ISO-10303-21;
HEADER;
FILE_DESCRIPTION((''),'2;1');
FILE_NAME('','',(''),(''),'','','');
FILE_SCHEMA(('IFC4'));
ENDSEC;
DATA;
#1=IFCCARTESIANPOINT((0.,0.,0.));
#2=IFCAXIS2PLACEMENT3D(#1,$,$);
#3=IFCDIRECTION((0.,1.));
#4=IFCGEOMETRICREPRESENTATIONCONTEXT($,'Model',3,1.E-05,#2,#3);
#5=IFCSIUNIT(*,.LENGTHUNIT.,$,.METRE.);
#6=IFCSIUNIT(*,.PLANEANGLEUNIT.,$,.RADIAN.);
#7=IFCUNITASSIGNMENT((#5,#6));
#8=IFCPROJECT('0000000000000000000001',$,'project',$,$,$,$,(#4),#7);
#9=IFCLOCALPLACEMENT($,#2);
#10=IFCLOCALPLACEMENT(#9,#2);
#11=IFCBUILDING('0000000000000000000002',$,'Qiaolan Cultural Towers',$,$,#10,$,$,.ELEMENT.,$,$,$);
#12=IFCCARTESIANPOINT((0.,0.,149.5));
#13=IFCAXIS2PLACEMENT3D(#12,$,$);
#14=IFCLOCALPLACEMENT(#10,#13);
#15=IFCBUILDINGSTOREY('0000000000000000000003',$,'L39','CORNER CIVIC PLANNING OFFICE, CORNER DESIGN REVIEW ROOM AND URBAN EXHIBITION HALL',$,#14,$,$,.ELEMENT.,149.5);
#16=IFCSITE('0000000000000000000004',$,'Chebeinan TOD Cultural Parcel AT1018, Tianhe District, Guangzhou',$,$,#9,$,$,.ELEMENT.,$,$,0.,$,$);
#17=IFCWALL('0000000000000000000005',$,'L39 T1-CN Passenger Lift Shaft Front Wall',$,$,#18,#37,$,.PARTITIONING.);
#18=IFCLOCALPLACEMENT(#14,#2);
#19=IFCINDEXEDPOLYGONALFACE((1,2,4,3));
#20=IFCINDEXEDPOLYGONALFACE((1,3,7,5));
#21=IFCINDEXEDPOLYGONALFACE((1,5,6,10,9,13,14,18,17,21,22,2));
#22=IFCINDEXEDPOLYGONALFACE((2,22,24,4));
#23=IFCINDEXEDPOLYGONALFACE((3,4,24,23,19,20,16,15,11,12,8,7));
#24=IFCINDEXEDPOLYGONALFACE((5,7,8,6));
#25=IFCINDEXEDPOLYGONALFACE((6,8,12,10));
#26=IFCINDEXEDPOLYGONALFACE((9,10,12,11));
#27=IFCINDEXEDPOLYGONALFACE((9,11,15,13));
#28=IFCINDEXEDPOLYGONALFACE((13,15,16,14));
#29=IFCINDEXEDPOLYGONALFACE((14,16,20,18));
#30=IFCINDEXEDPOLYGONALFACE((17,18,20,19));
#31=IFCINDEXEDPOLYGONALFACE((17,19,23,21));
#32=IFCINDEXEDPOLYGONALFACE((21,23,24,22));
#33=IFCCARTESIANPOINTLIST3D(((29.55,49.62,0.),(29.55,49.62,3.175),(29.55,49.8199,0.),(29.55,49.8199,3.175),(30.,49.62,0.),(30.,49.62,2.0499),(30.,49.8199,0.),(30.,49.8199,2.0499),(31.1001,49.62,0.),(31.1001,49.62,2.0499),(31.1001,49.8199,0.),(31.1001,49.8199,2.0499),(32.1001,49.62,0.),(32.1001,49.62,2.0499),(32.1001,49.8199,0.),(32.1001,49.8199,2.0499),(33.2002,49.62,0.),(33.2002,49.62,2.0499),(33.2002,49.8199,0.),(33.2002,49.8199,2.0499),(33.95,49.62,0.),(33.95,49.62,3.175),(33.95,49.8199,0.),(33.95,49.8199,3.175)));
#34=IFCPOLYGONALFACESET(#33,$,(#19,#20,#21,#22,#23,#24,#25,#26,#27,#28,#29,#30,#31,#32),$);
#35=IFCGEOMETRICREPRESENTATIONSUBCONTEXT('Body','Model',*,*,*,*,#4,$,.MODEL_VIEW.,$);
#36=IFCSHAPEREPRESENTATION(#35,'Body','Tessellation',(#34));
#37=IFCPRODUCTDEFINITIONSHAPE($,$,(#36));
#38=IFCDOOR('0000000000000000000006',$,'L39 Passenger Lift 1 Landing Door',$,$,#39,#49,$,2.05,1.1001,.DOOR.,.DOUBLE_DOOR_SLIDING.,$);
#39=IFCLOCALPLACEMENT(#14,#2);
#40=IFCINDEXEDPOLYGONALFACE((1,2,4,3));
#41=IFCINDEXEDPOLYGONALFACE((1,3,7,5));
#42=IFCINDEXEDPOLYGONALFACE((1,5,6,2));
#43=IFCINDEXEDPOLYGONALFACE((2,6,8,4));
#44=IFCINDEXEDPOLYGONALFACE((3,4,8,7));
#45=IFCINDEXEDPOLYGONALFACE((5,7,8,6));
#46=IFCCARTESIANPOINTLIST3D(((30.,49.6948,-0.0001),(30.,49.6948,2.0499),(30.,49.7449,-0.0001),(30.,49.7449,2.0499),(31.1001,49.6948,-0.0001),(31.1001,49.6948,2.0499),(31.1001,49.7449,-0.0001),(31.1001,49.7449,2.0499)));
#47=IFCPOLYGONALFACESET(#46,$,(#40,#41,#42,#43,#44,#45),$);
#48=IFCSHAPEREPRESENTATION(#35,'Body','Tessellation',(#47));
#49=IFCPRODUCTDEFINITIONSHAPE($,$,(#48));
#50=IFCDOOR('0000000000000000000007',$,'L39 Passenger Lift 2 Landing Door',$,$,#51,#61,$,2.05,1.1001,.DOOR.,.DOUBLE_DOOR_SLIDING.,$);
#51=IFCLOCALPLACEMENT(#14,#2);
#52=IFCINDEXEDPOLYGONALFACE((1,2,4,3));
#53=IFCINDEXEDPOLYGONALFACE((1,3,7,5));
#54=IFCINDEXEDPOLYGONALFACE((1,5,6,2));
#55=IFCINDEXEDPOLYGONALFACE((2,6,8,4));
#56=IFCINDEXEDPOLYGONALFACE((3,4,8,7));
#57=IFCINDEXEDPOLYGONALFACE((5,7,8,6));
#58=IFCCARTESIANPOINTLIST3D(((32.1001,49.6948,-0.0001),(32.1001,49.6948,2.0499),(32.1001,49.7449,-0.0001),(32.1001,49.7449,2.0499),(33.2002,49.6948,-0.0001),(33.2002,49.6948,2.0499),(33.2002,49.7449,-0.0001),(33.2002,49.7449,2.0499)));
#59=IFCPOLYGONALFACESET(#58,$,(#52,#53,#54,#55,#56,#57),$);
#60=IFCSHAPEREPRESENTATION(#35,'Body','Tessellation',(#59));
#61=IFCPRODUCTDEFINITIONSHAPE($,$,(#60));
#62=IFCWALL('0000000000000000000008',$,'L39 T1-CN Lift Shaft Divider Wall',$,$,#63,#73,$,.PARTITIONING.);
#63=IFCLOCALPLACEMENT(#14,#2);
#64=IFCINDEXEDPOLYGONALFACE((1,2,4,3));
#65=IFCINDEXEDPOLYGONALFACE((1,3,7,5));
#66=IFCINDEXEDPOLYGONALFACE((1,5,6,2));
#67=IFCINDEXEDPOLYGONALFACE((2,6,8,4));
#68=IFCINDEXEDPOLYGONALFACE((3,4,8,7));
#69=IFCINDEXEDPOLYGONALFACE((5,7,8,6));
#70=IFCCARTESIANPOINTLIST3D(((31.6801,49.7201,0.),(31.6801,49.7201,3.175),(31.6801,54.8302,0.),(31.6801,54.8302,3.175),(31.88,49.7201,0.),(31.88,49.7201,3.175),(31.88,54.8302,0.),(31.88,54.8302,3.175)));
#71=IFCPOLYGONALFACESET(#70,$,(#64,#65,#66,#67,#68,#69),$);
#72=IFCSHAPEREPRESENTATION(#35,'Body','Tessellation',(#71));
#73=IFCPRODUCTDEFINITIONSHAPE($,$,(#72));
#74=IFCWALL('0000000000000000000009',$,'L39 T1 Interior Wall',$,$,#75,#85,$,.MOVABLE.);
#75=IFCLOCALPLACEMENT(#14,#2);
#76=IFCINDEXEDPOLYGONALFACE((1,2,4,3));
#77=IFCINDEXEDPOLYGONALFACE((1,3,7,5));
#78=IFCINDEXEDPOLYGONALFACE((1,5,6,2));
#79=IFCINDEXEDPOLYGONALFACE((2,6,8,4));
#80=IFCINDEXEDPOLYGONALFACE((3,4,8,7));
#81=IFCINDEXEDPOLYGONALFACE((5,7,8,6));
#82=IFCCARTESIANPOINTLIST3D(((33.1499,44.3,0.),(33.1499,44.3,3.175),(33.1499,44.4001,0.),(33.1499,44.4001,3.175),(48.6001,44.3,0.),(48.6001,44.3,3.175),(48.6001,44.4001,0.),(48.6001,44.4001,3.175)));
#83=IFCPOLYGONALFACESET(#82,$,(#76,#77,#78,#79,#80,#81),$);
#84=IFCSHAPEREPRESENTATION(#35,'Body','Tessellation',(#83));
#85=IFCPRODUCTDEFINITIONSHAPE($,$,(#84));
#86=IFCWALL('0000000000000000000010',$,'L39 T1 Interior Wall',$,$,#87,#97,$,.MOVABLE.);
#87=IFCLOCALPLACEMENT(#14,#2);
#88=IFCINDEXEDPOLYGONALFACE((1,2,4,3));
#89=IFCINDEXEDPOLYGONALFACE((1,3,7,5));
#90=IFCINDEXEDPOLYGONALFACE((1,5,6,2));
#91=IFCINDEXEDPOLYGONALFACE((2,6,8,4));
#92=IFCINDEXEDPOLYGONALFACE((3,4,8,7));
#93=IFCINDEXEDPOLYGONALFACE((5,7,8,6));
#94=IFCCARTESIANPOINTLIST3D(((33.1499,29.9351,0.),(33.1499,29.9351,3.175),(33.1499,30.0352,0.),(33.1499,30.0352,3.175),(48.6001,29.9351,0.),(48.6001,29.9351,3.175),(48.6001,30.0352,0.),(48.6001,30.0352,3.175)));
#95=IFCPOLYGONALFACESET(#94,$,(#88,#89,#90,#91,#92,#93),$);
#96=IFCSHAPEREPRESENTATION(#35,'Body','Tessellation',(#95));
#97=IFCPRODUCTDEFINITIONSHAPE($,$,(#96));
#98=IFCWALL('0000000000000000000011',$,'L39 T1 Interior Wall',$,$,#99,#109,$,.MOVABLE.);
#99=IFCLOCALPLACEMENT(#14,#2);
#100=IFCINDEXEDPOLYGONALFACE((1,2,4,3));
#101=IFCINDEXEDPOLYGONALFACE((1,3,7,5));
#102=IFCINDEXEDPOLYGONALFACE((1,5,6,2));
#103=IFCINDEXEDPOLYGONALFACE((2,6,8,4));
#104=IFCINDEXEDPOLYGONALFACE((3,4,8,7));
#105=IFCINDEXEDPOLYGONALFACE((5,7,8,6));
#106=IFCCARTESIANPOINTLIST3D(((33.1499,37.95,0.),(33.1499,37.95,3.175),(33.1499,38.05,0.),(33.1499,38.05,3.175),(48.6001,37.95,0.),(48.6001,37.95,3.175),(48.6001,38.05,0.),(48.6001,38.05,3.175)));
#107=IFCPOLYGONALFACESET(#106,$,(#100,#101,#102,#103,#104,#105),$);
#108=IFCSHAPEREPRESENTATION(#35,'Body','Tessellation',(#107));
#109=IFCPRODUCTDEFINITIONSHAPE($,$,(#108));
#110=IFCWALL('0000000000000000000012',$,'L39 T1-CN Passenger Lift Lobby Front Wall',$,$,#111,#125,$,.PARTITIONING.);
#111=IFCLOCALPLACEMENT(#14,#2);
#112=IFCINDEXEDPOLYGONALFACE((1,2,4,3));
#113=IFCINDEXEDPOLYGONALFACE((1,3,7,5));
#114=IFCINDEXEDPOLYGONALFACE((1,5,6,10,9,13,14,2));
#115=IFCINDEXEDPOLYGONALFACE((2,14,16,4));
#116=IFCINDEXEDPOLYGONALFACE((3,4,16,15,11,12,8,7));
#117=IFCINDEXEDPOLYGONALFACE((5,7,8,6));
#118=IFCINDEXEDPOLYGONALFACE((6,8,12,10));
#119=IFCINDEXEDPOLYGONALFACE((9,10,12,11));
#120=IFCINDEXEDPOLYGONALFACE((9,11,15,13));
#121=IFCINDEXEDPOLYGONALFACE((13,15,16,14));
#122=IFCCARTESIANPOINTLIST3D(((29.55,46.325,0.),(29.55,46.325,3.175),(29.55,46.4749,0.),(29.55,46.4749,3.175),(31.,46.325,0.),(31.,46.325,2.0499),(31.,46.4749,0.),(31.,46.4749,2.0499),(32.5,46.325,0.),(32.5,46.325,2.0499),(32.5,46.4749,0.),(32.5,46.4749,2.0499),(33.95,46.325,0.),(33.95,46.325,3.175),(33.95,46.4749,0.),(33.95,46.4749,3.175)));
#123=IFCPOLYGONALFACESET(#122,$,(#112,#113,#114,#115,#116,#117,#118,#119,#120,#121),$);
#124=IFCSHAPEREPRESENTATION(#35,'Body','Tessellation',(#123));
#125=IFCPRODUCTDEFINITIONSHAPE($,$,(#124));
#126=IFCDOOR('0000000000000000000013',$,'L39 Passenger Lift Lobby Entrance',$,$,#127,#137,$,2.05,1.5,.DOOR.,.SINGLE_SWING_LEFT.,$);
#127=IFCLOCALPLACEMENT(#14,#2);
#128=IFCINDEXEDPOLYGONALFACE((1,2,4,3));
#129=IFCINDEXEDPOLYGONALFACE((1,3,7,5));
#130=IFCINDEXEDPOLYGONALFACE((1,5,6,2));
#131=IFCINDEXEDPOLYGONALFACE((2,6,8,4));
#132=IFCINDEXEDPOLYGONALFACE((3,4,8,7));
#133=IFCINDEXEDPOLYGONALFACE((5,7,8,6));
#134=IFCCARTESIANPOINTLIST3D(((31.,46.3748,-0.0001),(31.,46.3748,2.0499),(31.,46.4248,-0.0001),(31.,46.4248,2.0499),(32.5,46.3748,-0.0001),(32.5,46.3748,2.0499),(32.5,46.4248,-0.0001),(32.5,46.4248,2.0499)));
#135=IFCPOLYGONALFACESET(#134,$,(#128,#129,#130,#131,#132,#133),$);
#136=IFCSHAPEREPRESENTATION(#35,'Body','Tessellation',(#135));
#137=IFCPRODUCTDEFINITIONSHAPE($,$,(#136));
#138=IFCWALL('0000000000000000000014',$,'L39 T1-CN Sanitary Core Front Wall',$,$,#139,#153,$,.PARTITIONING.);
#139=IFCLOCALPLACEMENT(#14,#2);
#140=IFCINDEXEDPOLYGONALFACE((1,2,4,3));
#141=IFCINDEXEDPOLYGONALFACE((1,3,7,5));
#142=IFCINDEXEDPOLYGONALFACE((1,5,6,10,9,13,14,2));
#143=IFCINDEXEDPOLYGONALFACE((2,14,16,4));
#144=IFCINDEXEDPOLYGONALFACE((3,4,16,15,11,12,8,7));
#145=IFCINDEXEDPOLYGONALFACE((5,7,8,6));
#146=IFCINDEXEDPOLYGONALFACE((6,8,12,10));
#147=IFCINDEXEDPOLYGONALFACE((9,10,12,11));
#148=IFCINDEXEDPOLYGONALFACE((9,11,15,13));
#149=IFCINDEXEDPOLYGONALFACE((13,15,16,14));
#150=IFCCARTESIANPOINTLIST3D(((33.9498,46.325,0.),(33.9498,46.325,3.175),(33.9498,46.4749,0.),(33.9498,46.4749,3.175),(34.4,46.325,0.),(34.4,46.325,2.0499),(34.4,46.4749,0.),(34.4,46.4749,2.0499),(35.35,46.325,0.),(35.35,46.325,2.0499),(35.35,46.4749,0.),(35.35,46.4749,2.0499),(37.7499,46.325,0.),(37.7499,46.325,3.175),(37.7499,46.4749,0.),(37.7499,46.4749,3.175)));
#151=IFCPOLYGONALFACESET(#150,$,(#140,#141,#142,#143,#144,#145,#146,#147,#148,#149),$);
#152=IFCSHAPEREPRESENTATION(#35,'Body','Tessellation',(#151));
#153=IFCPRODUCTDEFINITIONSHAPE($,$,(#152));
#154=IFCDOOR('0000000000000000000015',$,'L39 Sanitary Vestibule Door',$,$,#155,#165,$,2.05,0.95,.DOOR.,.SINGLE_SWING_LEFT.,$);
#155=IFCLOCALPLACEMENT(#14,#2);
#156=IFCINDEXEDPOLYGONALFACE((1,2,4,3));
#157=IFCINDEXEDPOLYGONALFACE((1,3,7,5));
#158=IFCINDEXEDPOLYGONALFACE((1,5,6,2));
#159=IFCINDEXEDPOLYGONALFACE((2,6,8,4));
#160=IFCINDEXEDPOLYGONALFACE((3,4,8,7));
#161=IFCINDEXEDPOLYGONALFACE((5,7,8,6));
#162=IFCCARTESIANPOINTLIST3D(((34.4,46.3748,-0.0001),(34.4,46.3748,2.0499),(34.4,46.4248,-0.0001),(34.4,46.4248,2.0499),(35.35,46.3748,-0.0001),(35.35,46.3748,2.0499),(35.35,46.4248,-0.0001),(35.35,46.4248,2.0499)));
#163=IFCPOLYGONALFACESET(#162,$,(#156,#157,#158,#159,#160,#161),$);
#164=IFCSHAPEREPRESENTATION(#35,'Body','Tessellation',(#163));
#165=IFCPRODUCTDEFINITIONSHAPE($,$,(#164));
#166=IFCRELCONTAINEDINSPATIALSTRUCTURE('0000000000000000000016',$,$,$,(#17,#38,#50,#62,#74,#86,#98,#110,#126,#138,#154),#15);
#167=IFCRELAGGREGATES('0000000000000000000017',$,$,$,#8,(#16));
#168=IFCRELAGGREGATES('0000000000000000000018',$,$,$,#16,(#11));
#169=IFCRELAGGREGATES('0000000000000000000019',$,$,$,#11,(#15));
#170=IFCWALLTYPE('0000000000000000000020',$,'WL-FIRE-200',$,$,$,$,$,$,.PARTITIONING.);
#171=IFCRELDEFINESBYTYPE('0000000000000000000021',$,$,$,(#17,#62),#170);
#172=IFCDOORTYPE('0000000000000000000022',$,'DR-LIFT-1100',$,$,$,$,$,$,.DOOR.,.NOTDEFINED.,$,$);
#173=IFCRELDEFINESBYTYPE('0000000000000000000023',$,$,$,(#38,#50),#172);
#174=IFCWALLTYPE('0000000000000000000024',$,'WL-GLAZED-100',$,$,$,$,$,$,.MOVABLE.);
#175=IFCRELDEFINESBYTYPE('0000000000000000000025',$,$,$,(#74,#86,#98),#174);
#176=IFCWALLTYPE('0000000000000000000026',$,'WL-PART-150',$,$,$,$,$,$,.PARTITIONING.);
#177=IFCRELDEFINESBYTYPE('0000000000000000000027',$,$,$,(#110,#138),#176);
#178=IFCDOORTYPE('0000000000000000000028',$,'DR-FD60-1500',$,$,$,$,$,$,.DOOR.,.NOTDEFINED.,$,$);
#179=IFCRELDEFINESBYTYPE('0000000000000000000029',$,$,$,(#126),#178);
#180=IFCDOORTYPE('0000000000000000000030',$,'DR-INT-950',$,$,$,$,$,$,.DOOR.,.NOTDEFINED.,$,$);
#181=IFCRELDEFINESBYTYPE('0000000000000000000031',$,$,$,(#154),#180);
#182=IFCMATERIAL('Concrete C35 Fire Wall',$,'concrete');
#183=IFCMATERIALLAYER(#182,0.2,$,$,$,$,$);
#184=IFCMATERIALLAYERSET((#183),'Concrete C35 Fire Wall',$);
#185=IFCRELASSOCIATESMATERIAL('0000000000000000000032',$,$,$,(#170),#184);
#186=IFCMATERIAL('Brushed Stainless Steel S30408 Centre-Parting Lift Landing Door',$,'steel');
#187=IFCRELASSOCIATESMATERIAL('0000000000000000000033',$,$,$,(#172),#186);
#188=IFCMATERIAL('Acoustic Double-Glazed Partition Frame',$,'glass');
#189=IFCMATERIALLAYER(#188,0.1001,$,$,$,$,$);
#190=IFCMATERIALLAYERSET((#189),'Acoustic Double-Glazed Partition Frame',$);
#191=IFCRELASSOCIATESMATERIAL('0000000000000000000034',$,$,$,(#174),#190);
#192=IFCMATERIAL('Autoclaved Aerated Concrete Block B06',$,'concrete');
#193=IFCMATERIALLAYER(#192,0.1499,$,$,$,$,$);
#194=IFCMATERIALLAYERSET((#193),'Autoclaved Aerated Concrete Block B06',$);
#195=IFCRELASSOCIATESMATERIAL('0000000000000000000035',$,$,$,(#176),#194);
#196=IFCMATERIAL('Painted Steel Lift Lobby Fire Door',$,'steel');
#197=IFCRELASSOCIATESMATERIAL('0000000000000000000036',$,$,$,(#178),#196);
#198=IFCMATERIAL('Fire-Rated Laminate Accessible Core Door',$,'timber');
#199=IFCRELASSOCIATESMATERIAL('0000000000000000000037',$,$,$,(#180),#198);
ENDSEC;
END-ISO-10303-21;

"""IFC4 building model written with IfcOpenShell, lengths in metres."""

from ifc_helpers import new_model, si_unit, direction, frame, frame_2d, origin, place, context, subcontext, project, spatial, rectangle, extrude, material, layer, layer_set, type_object, element, fill, save


model = new_model("IFC4")

# Units and contexts
model_context = context("Model", 3, precision=1e-05, world=origin(), true_north=direction((0.0, 1.0)))
body_context = subcontext(model_context, "Body", "Model", "MODEL_VIEW")
ifc_project = project(units=[si_unit("LENGTHUNIT", "METRE"), si_unit("PLANEANGLEUNIT", "RADIAN")], contexts=[model_context])

# Site, building, storey
site_placement = place(None, origin())
site = spatial("IfcSite", under=ifc_project, at=site_placement, Name="Chebeinan TOD Cultural Parcel AT1018, Tianhe District, Guangzhou", CompositionType="ELEMENT", RefElevation=0.0)
building_placement = place(site_placement, origin())
building = spatial("IfcBuilding", under=site, at=building_placement, Name="Qiaolan Cultural Towers", CompositionType="ELEMENT")
storey_placement = place(building_placement, frame((0.0, 0.0, 149.5)))
storey = spatial("IfcBuildingStorey", under=building, at=storey_placement, Name="L39", Description="CORNER CIVIC PLANNING OFFICE, CORNER DESIGN REVIEW ROOM AND URBAN EXHIBITION HALL", CompositionType="ELEMENT", Elevation=149.5)

# Shared definitions
ifc_material_1 = material(Name="Concrete C35 Fire Wall", Category="concrete")
ifc_layer_1 = layer(ifc_material_1, 0.2)
ifc_layer_set_1 = layer_set([ifc_layer_1], Name="Concrete C35 Fire Wall")
wall_type_1 = type_object("IfcWallType", Name="WL-FIRE-200", PredefinedType="PARTITIONING", material=ifc_layer_set_1)

# Wall, openings, doors
wall_1_placement = place(storey_placement, frame((29.55, 49.72, 0.0), z_axis=(0.0, 0.0, 1.0), x_axis=(1.0, 0.0, 0.0)))
wall_1 = element("IfcWall", 1, at=wall_1_placement, inside=storey, type_object=wall_type_1, Name="L39 T1-CN Passenger Lift Shaft Front Wall", PredefinedType="PARTITIONING", context=body_context, shape_type="SweptSolid", body=[
    extrude(rectangle(XDim=4.3999, YDim=0.2, at=frame_2d((2.2, 0.0))), origin(), (0.0, 0.0, 1.0), 3.175),
])
opening_1_placement = place(wall_1_placement, frame((0.45, 0.0, 0.0)))
opening_1 = element("IfcOpeningElement", 2, at=opening_1_placement, cuts=wall_1, PredefinedType="OPENING", context=body_context, shape_type="SweptSolid", body=[
    extrude(rectangle(XDim=1.1001, YDim=2.05, at=frame_2d((0.55, 1.0249))), frame((0.0, 0.1099, 0.0), z_axis=(0.0, -1.0, 0.0), x_axis=(1.0, 0.0, 0.0)), (0.0, 0.0, 1.0), 0.22),
])
opening_2_placement = place(wall_1_placement, frame((2.55, 0.0, 0.0)))
opening_2 = element("IfcOpeningElement", 3, at=opening_2_placement, cuts=wall_1, PredefinedType="OPENING", context=body_context, shape_type="SweptSolid", body=[
    extrude(rectangle(XDim=1.1001, YDim=2.05, at=frame_2d((0.55, 1.0249))), frame((0.0, 0.1099, 0.0), z_axis=(0.0, -1.0, 0.0), x_axis=(1.0, 0.0, 0.0)), (0.0, 0.0, 1.0), 0.22),
])
ifc_material_2 = material(Name="Brushed Stainless Steel S30408 Centre-Parting Lift Landing Door", Category="steel")
door_type_1 = type_object("IfcDoorType", Name="DR-LIFT-1100", OperationType="NOTDEFINED", PredefinedType="DOOR", material=ifc_material_2)
door_1_placement = place(opening_1_placement, origin())
door_1 = element("IfcDoor", 4, at=door_1_placement, inside=storey, type_object=door_type_1, Name="L39 Passenger Lift 1 Landing Door", OperationType="DOUBLE_DOOR_SLIDING", OverallHeight=2.05, OverallWidth=1.1001, PredefinedType="DOOR", context=body_context, shape_type="SweptSolid", body=[
    extrude(rectangle(XDim=1.1001, YDim=2.05, at=frame_2d((0.55, 1.0249))), frame((0.0, 0.0249, 0.0), z_axis=(0.0, -1.0, 0.0), x_axis=(1.0, 0.0, 0.0)), (0.0, 0.0, 1.0), 0.05),
])
fill(opening_1, door_1)
door_2_placement = place(opening_2_placement, origin())
door_2 = element("IfcDoor", 5, at=door_2_placement, inside=storey, type_object=door_type_1, Name="L39 Passenger Lift 2 Landing Door", OperationType="DOUBLE_DOOR_SLIDING", OverallHeight=2.05, OverallWidth=1.1001, PredefinedType="DOOR", context=body_context, shape_type="SweptSolid", body=[
    extrude(rectangle(XDim=1.1001, YDim=2.05, at=frame_2d((0.55, 1.0249))), frame((0.0, 0.0249, 0.0), z_axis=(0.0, -1.0, 0.0), x_axis=(1.0, 0.0, 0.0)), (0.0, 0.0, 1.0), 0.05),
])
fill(opening_2, door_2)

# Walls
wall_2_placement = place(storey_placement, frame((31.78, 49.72, 0.0), z_axis=(0.0, 0.0, 1.0), x_axis=(0.0, 1.0, 0.0)))
element("IfcWall", 6, at=wall_2_placement, inside=storey, type_object=wall_type_1, Name="L39 T1-CN Lift Shaft Divider Wall", PredefinedType="PARTITIONING", context=body_context, shape_type="SweptSolid", body=[
    extrude(rectangle(XDim=5.1101, YDim=0.2, at=frame_2d((2.5552, 0.0))), origin(), (0.0, 0.0, 1.0), 3.175),
])
ifc_material_3 = material(Name="Acoustic Double-Glazed Partition Frame", Category="glass")
ifc_layer_2 = layer(ifc_material_3, 0.1001)
ifc_layer_set_2 = layer_set([ifc_layer_2], Name="Acoustic Double-Glazed Partition Frame")
wall_type_2 = type_object("IfcWallType", Name="WL-GLAZED-100", PredefinedType="MOVABLE", material=ifc_layer_set_2)
for number, where, z_axis, x_axis, name in (
    (7, (33.1499, 44.3501, 0.0), (0.0, 0.0, 1.0), (1.0, 0.0, 0.0), "L39 T1 Interior Wall"),
    (8, (33.1499, 29.9851, 0.0), (0.0, 0.0, 1.0), (1.0, 0.0, 0.0), "L39 T1 Interior Wall"),
    (9, (33.1499, 38.0, 0.0), (0.0, 0.0, 1.0), (1.0, 0.0, 0.0), "L39 T1 Interior Wall"),
):
    element("IfcWall", number, at=place(storey_placement, frame(where, z_axis=z_axis, x_axis=x_axis)), inside=storey, type_object=wall_type_2, Name=name, PredefinedType="MOVABLE", context=body_context, shape_type="SweptSolid", body=[
        extrude(rectangle(XDim=15.4502, YDim=0.1001, at=frame_2d((7.7251, 0.0))), origin(), (0.0, 0.0, 1.0), 3.175),
    ])

# Walls, openings, doors
ifc_material_4 = material(Name="Autoclaved Aerated Concrete Block B06", Category="concrete")
ifc_layer_3 = layer(ifc_material_4, 0.1499)
ifc_layer_set_3 = layer_set([ifc_layer_3], Name="Autoclaved Aerated Concrete Block B06")
wall_type_3 = type_object("IfcWallType", Name="WL-PART-150", PredefinedType="PARTITIONING", material=ifc_layer_set_3)
wall_3_placement = place(storey_placement, frame((29.55, 46.3999, 0.0), z_axis=(0.0, 0.0, 1.0), x_axis=(1.0, 0.0, 0.0)))
wall_3 = element("IfcWall", 10, at=wall_3_placement, inside=storey, type_object=wall_type_3, Name="L39 T1-CN Passenger Lift Lobby Front Wall", PredefinedType="PARTITIONING", context=body_context, shape_type="SweptSolid", body=[
    extrude(rectangle(XDim=4.3999, YDim=0.1499, at=frame_2d((2.2, 0.0))), origin(), (0.0, 0.0, 1.0), 3.175),
])
opening_3_placement = place(wall_3_placement, frame((1.45, 0.0, 0.0)))
opening_3 = element("IfcOpeningElement", 11, at=opening_3_placement, cuts=wall_3, PredefinedType="OPENING", context=body_context, shape_type="SweptSolid", body=[
    extrude(rectangle(XDim=1.5, YDim=2.05, at=frame_2d((0.75, 1.0249))), frame((0.0, 0.085, 0.0), z_axis=(0.0, -1.0, 0.0), x_axis=(1.0, 0.0, 0.0)), (0.0, 0.0, 1.0), 0.1699),
])
ifc_material_5 = material(Name="Painted Steel Lift Lobby Fire Door", Category="steel")
door_type_2 = type_object("IfcDoorType", Name="DR-FD60-1500", OperationType="NOTDEFINED", PredefinedType="DOOR", material=ifc_material_5)
door_3_placement = place(opening_3_placement, origin())
door_3 = element("IfcDoor", 12, at=door_3_placement, inside=storey, type_object=door_type_2, Name="L39 Passenger Lift Lobby Entrance", OperationType="SINGLE_SWING_LEFT", OverallHeight=2.05, OverallWidth=1.5, PredefinedType="DOOR", context=body_context, shape_type="SweptSolid", body=[
    extrude(rectangle(XDim=1.5, YDim=2.05, at=frame_2d((0.75, 1.0249))), frame((0.0, 0.0249, 0.0), z_axis=(0.0, -1.0, 0.0), x_axis=(1.0, 0.0, 0.0)), (0.0, 0.0, 1.0), 0.05),
])
fill(opening_3, door_3)
wall_4_placement = place(storey_placement, frame((33.95, 46.3999, 0.0), z_axis=(0.0, 0.0, 1.0), x_axis=(1.0, 0.0, 0.0)))
wall_4 = element("IfcWall", 13, at=wall_4_placement, inside=storey, type_object=wall_type_3, Name="L39 T1-CN Sanitary Core Front Wall", PredefinedType="PARTITIONING", context=body_context, shape_type="SweptSolid", body=[
    extrude(rectangle(XDim=3.8, YDim=0.1499, at=frame_2d((1.8999, 0.0))), origin(), (0.0, 0.0, 1.0), 3.175),
])
opening_4_placement = place(wall_4_placement, frame((0.45, 0.0, 0.0)))
opening_4 = element("IfcOpeningElement", 14, at=opening_4_placement, cuts=wall_4, PredefinedType="OPENING", context=body_context, shape_type="SweptSolid", body=[
    extrude(rectangle(XDim=0.95, YDim=2.05, at=frame_2d((0.4751, 1.0249))), frame((0.0, 0.085, 0.0), z_axis=(0.0, -1.0, 0.0), x_axis=(1.0, 0.0, 0.0)), (0.0, 0.0, 1.0), 0.1699),
])
ifc_material_6 = material(Name="Fire-Rated Laminate Accessible Core Door", Category="timber")
door_type_3 = type_object("IfcDoorType", Name="DR-INT-950", OperationType="NOTDEFINED", PredefinedType="DOOR", material=ifc_material_6)
door_4_placement = place(opening_4_placement, origin())
door_4 = element("IfcDoor", 15, at=door_4_placement, inside=storey, type_object=door_type_3, Name="L39 Sanitary Vestibule Door", OperationType="SINGLE_SWING_LEFT", OverallHeight=2.05, OverallWidth=0.95, PredefinedType="DOOR", context=body_context, shape_type="SweptSolid", body=[
    extrude(rectangle(XDim=0.95, YDim=2.05, at=frame_2d((0.4751, 1.0249))), frame((0.0, 0.0249, 0.0), z_axis=(0.0, -1.0, 0.0), x_axis=(1.0, 0.0, 0.0)), (0.0, 0.0, 1.0), 0.05),
])
fill(opening_4, door_4)

save(model, "model.ifc")
